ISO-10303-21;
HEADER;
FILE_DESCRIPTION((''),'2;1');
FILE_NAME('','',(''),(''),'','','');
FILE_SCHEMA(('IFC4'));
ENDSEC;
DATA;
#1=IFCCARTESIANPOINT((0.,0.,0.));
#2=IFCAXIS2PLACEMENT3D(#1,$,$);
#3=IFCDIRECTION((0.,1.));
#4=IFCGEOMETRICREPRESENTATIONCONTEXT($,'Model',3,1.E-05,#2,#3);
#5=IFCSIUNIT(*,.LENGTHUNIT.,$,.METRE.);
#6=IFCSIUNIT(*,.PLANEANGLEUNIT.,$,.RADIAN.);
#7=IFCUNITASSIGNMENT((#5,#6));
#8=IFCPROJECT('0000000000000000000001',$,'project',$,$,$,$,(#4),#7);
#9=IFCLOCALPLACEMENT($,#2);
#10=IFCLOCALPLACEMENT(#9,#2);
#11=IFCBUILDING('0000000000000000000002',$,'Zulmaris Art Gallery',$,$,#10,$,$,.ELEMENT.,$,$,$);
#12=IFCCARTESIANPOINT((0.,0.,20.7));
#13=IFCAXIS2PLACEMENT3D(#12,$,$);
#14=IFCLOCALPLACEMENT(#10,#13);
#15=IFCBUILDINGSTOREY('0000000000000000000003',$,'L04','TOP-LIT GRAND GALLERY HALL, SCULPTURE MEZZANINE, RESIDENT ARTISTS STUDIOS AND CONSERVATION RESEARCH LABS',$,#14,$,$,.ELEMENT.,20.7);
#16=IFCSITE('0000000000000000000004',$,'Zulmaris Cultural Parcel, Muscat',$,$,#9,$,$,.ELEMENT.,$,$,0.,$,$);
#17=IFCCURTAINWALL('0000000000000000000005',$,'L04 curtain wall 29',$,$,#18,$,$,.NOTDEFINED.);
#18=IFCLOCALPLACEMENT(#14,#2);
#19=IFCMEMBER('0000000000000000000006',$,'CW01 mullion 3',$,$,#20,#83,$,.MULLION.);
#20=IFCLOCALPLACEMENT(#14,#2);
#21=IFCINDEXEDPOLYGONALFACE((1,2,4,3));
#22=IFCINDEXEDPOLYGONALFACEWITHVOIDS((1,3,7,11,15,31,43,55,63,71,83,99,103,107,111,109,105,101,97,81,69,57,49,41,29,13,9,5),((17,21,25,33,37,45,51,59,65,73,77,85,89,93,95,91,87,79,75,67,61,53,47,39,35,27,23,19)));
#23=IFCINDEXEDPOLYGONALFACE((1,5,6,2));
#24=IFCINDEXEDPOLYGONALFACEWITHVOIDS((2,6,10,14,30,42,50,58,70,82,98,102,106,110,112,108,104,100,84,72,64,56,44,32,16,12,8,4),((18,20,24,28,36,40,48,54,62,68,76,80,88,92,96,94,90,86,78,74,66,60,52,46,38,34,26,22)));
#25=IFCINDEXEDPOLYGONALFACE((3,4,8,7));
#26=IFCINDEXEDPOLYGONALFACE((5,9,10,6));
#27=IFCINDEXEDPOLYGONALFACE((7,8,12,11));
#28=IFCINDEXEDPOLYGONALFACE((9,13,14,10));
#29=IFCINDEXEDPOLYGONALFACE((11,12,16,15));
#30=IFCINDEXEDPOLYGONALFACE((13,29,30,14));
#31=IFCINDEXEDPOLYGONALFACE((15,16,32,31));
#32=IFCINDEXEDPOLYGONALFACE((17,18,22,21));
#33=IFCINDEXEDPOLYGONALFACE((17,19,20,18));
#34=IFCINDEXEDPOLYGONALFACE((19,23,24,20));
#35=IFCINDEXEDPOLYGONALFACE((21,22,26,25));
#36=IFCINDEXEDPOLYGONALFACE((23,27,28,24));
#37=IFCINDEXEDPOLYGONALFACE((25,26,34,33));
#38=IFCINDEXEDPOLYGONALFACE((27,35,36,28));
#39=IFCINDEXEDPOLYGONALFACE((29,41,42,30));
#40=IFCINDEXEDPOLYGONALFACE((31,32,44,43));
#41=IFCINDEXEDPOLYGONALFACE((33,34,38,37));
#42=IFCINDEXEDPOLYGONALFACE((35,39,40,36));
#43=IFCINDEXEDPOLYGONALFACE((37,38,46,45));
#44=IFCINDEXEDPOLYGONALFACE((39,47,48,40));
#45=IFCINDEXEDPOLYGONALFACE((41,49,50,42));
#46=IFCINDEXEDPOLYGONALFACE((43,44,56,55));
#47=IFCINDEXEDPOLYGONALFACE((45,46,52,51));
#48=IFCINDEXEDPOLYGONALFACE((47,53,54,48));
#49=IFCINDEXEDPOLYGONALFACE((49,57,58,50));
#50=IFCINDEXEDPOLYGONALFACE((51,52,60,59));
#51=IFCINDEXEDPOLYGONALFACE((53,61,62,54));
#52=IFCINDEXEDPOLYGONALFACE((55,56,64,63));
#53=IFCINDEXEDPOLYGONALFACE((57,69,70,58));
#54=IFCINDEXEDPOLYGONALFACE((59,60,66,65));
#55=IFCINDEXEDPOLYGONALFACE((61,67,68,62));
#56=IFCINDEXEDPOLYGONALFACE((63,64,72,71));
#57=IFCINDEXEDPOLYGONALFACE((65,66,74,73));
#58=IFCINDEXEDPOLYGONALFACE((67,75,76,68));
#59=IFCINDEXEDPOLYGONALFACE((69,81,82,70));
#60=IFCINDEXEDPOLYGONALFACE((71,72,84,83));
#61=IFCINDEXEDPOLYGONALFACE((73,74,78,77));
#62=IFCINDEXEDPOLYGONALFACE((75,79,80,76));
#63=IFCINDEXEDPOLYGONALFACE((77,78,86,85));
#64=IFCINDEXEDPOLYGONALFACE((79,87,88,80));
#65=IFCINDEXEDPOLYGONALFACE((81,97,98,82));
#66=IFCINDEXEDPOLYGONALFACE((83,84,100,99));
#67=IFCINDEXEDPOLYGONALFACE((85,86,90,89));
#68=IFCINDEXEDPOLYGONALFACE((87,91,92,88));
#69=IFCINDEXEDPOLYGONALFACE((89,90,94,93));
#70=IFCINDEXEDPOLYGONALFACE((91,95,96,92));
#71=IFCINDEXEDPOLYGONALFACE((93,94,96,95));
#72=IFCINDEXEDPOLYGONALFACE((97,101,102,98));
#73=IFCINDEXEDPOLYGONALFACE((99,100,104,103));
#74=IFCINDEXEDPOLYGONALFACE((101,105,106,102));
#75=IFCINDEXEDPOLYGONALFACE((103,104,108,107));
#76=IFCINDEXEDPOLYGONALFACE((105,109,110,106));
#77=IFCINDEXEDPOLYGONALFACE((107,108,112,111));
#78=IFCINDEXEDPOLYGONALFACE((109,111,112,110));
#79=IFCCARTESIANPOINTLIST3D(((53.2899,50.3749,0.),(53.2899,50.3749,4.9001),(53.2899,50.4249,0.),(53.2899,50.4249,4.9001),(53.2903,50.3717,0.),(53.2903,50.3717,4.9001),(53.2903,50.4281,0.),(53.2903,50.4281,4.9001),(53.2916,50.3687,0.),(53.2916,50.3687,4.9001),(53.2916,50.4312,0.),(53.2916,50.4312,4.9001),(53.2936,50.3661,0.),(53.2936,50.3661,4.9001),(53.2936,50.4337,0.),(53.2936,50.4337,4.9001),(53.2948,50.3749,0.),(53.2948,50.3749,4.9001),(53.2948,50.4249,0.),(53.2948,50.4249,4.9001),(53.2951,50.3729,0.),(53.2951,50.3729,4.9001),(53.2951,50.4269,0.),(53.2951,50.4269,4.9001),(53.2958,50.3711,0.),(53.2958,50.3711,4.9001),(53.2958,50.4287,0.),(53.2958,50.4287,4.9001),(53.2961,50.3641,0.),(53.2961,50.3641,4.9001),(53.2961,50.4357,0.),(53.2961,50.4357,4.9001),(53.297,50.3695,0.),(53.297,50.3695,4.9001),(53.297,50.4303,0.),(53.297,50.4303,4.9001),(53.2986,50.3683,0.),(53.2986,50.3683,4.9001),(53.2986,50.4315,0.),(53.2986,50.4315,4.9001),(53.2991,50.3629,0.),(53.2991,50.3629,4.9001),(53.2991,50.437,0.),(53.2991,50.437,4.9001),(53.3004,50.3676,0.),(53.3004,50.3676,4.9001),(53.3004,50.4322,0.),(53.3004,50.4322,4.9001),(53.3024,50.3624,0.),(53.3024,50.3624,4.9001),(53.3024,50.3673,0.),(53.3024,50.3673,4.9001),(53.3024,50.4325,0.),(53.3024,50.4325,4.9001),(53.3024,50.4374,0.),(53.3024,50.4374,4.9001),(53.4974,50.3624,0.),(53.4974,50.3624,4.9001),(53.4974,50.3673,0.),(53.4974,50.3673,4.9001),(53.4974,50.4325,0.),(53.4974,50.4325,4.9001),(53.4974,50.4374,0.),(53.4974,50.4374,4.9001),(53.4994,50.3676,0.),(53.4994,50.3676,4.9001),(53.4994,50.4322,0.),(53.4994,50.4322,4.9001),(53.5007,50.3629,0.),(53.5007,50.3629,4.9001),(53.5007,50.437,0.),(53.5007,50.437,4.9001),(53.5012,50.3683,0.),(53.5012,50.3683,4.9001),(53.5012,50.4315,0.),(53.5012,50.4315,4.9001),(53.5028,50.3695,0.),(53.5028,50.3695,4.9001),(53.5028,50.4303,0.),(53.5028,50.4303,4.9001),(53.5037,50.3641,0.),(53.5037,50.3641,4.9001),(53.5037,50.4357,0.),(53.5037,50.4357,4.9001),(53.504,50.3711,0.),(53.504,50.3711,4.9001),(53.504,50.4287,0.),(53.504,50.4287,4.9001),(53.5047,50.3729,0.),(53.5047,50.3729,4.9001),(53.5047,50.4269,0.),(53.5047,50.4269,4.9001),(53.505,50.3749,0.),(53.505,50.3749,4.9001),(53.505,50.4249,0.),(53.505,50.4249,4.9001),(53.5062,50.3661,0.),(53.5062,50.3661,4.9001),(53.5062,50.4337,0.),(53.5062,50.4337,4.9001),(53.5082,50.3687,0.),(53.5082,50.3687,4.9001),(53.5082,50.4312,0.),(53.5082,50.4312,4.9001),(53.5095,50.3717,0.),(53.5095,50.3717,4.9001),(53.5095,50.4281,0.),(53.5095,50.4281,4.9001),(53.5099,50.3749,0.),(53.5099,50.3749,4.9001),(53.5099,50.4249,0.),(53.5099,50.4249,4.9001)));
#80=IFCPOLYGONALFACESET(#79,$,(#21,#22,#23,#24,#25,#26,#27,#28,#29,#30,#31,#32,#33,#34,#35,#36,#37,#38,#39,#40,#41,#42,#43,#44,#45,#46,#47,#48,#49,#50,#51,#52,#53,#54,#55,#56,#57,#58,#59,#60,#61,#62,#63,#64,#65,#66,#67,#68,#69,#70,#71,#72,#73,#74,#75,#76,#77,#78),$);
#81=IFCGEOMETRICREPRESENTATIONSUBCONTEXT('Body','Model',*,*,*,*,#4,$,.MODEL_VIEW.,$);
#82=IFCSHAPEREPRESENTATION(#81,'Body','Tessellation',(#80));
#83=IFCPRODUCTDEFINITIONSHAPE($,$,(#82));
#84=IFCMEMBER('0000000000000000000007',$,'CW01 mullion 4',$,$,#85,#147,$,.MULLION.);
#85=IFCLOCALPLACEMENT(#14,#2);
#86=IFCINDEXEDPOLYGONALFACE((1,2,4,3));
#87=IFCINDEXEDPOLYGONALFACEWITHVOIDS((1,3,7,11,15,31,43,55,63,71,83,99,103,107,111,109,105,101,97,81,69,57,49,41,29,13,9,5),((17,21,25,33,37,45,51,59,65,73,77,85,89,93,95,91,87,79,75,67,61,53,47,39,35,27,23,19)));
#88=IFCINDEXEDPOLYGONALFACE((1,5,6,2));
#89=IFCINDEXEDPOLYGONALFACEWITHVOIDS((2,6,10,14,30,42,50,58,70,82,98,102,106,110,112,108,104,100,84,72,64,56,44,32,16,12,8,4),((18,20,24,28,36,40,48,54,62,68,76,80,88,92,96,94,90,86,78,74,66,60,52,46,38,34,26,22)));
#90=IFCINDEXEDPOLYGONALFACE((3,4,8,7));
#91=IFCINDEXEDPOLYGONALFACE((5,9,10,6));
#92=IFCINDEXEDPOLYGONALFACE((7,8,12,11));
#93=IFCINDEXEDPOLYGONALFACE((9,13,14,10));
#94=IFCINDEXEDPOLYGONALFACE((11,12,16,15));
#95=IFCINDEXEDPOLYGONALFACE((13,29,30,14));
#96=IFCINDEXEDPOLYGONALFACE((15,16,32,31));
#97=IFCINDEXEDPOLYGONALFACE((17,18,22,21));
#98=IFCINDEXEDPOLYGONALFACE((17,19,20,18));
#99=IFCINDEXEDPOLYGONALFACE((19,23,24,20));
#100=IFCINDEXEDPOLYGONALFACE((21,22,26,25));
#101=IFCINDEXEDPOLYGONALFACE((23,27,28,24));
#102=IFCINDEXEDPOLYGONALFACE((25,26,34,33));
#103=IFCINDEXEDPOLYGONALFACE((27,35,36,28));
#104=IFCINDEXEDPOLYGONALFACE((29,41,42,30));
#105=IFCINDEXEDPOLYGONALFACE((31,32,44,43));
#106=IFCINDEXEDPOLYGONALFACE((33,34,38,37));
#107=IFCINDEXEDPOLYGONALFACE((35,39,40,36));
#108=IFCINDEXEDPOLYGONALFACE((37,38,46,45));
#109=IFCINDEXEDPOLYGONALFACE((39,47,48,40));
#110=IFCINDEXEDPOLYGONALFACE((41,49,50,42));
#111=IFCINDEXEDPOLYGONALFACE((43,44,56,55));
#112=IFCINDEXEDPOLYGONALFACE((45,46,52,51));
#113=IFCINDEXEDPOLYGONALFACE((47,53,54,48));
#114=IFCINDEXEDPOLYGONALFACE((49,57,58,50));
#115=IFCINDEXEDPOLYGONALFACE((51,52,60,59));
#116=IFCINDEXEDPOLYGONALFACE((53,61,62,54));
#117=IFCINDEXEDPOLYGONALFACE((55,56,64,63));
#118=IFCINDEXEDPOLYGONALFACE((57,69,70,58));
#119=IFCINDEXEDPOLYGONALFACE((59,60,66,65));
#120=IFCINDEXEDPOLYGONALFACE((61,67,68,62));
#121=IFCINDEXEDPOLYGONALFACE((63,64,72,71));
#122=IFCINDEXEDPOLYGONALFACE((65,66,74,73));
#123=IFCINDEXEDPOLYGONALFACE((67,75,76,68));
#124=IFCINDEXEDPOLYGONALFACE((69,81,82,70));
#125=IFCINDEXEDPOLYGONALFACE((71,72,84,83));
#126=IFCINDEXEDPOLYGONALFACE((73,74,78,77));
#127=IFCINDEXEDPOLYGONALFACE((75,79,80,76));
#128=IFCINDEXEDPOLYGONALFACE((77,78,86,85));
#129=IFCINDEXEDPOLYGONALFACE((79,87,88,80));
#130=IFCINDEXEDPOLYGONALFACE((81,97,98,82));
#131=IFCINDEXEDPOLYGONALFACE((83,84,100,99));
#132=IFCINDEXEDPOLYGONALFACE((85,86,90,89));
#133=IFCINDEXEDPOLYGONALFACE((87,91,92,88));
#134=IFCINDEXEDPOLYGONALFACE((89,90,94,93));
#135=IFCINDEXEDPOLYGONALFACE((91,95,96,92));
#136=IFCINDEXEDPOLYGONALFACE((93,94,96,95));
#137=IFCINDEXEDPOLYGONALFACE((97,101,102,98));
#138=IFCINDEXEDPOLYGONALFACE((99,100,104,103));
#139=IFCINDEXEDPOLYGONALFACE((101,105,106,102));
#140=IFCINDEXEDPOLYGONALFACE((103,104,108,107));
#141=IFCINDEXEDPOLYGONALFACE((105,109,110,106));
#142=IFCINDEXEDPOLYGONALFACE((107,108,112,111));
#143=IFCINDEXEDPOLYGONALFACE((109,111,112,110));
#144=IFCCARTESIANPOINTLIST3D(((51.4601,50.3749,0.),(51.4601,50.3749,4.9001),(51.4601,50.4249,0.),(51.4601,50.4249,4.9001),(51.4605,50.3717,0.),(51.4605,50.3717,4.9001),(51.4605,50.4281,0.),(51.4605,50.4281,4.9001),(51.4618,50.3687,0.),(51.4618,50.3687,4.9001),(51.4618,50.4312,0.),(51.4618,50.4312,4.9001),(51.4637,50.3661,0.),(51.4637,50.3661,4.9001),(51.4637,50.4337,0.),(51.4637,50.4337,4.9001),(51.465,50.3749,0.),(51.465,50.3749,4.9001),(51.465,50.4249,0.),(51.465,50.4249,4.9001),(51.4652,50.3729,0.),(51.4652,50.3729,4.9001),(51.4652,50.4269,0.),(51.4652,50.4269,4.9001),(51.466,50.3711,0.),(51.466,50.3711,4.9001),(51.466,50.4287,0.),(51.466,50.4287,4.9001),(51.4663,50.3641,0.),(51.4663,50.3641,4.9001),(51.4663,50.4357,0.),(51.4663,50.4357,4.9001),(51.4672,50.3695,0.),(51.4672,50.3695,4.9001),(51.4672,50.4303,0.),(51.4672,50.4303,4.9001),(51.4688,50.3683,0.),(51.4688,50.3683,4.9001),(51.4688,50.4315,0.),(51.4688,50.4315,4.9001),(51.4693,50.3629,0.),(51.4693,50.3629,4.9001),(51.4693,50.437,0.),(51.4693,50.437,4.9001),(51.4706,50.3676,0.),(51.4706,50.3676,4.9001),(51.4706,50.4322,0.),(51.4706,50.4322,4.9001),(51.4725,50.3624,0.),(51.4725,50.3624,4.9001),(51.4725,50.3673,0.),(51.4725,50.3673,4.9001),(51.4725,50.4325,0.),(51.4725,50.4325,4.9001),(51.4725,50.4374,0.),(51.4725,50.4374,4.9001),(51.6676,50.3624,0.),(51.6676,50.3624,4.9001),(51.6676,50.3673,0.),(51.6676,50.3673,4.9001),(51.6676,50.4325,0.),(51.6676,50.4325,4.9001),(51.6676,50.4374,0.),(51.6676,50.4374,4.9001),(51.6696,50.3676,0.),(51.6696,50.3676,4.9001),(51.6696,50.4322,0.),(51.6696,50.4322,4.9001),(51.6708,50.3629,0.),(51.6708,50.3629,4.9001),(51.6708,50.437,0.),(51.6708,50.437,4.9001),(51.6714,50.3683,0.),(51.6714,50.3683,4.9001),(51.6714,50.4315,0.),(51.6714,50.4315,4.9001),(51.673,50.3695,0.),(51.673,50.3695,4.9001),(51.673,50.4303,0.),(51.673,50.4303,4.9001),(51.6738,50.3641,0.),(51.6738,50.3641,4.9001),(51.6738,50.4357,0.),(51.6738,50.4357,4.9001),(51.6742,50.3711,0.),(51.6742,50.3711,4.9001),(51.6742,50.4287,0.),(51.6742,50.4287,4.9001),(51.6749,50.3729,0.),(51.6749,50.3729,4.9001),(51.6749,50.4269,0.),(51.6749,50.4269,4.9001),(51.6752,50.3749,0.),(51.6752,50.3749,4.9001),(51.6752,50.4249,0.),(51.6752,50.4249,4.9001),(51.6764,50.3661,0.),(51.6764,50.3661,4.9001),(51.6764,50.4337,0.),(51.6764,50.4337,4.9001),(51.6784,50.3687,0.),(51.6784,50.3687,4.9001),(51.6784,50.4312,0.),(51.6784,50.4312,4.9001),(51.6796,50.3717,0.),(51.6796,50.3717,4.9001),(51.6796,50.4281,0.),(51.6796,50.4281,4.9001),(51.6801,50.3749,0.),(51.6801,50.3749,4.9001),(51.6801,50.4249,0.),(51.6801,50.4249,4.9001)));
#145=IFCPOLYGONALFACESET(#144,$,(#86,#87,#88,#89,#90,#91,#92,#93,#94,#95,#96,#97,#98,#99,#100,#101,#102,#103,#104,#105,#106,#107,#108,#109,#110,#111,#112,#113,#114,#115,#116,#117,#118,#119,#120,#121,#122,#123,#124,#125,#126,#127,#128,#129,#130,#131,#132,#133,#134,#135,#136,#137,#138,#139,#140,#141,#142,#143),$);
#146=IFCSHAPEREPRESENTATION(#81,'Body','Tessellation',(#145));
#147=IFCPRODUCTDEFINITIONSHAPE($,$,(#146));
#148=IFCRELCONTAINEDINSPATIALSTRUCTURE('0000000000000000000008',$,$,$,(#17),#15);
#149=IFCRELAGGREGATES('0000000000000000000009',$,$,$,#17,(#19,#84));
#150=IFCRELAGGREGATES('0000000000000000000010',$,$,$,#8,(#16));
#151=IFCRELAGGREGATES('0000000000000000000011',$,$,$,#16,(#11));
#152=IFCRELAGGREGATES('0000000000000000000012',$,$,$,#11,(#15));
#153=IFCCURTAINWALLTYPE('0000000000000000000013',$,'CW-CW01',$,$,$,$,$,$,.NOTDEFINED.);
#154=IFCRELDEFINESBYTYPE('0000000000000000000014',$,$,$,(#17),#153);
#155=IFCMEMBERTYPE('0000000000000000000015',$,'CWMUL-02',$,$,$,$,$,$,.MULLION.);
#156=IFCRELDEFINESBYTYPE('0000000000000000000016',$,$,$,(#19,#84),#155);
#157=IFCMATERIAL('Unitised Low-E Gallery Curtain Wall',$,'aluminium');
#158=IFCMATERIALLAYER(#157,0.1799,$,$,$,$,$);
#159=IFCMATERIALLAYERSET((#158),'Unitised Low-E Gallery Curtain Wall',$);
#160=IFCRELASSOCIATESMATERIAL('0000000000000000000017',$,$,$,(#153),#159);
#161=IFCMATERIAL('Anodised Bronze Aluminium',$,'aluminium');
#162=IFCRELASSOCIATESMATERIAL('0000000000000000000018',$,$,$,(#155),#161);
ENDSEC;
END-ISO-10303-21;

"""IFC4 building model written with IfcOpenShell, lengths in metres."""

from ifc_helpers import new_model, si_unit, direction, frame, origin, origin_2d, place, context, subcontext, project, spatial, hollow_rectangle, extrude, material, layer, layer_set, material_profile, profile_set, type_object, element, aggregate, save


model = new_model("IFC4")

# Units and contexts
model_context = context("Model", 3, precision=1e-05, world=origin(), true_north=direction((0.0, 1.0)))
body_context = subcontext(model_context, "Body", "Model", "MODEL_VIEW")
ifc_project = project(units=[si_unit("LENGTHUNIT", "METRE"), si_unit("PLANEANGLEUNIT", "RADIAN")], contexts=[model_context])

# Site, building, storey
site_placement = place(None, origin())
site = spatial("IfcSite", under=ifc_project, at=site_placement, Name="Zulmaris Cultural Parcel, Muscat", CompositionType="ELEMENT", RefElevation=0.0)
building_placement = place(site_placement, origin())
building = spatial("IfcBuilding", under=site, at=building_placement, Name="Zulmaris Art Gallery", CompositionType="ELEMENT")
storey_placement = place(building_placement, frame((0.0, 0.0, 20.7)))
storey = spatial("IfcBuildingStorey", under=building, at=storey_placement, Name="L04", Description="TOP-LIT GRAND GALLERY HALL, SCULPTURE MEZZANINE, RESIDENT ARTISTS STUDIOS AND CONSERVATION RESEARCH LABS", CompositionType="ELEMENT", Elevation=20.7)

# Shared definitions
ifc_material_1 = material(Name="Unitised Low-E Gallery Curtain Wall", Category="aluminium")
ifc_layer_1 = layer(ifc_material_1, 0.1799)
ifc_layer_set_1 = layer_set([ifc_layer_1], Name="Unitised Low-E Gallery Curtain Wall")
curtain_wall_type = type_object("IfcCurtainWallType", Name="CW-CW01", PredefinedType="NOTDEFINED", material=ifc_layer_set_1)
ifc_material_2 = material(Name="Anodised Bronze Aluminium", Category="aluminium")
ifc_material_profile_1 = material_profile(ifc_material_2, hollow_rectangle(XDim=0.075, YDim=0.22, WallThickness=0.0049, InnerFilletRadius=0.0076, OuterFilletRadius=0.0125, at=origin_2d()), Name="ALU 75x220x5")
ifc_profile_set_1 = profile_set([ifc_material_profile_1], Name="Anodised Bronze Aluminium")
member_type_1 = type_object("IfcMemberType", Name="CWMUL-02", PredefinedType="MULLION", material=ifc_profile_set_1)

# Curtain wall, members
curtain_wall_1_placement = place(storey_placement, origin())
curtain_wall_1 = element("IfcCurtainWall", 1, at=curtain_wall_1_placement, inside=storey, type_object=curtain_wall_type, Name="L04 curtain wall 29", PredefinedType="NOTDEFINED")
member_1_placement = place(storey_placement, frame((53.3999, 50.3999, 0.0), z_axis=(0.0, 0.0, 1.0), x_axis=(0.0, -1.0, 0.0)))
member_1 = element("IfcMember", 2, at=member_1_placement, type_object=member_type_1, Name="CW01 mullion 3", PredefinedType="MULLION", context=body_context, shape_type="SweptSolid", body=[
    extrude(hollow_rectangle(XDim=0.075, YDim=0.22, WallThickness=0.0049, InnerFilletRadius=0.0076, OuterFilletRadius=0.0125, at=origin_2d()), origin(), (0.0, 0.0, 1.0), 4.9001),
])
member_2_placement = place(storey_placement, frame((51.5701, 50.3999, 0.0), z_axis=(0.0, 0.0, 1.0), x_axis=(0.0, -1.0, 0.0)))
member_2 = element("IfcMember", 3, at=member_2_placement, type_object=member_type_1, Name="CW01 mullion 4", PredefinedType="MULLION", context=body_context, shape_type="SweptSolid", body=[
    extrude(hollow_rectangle(XDim=0.075, YDim=0.22, WallThickness=0.0049, InnerFilletRadius=0.0076, OuterFilletRadius=0.0125, at=origin_2d()), origin(), (0.0, 0.0, 1.0), 4.9001),
])

aggregate(curtain_wall_1, [member_1, member_2])

save(model, "model.ifc")
